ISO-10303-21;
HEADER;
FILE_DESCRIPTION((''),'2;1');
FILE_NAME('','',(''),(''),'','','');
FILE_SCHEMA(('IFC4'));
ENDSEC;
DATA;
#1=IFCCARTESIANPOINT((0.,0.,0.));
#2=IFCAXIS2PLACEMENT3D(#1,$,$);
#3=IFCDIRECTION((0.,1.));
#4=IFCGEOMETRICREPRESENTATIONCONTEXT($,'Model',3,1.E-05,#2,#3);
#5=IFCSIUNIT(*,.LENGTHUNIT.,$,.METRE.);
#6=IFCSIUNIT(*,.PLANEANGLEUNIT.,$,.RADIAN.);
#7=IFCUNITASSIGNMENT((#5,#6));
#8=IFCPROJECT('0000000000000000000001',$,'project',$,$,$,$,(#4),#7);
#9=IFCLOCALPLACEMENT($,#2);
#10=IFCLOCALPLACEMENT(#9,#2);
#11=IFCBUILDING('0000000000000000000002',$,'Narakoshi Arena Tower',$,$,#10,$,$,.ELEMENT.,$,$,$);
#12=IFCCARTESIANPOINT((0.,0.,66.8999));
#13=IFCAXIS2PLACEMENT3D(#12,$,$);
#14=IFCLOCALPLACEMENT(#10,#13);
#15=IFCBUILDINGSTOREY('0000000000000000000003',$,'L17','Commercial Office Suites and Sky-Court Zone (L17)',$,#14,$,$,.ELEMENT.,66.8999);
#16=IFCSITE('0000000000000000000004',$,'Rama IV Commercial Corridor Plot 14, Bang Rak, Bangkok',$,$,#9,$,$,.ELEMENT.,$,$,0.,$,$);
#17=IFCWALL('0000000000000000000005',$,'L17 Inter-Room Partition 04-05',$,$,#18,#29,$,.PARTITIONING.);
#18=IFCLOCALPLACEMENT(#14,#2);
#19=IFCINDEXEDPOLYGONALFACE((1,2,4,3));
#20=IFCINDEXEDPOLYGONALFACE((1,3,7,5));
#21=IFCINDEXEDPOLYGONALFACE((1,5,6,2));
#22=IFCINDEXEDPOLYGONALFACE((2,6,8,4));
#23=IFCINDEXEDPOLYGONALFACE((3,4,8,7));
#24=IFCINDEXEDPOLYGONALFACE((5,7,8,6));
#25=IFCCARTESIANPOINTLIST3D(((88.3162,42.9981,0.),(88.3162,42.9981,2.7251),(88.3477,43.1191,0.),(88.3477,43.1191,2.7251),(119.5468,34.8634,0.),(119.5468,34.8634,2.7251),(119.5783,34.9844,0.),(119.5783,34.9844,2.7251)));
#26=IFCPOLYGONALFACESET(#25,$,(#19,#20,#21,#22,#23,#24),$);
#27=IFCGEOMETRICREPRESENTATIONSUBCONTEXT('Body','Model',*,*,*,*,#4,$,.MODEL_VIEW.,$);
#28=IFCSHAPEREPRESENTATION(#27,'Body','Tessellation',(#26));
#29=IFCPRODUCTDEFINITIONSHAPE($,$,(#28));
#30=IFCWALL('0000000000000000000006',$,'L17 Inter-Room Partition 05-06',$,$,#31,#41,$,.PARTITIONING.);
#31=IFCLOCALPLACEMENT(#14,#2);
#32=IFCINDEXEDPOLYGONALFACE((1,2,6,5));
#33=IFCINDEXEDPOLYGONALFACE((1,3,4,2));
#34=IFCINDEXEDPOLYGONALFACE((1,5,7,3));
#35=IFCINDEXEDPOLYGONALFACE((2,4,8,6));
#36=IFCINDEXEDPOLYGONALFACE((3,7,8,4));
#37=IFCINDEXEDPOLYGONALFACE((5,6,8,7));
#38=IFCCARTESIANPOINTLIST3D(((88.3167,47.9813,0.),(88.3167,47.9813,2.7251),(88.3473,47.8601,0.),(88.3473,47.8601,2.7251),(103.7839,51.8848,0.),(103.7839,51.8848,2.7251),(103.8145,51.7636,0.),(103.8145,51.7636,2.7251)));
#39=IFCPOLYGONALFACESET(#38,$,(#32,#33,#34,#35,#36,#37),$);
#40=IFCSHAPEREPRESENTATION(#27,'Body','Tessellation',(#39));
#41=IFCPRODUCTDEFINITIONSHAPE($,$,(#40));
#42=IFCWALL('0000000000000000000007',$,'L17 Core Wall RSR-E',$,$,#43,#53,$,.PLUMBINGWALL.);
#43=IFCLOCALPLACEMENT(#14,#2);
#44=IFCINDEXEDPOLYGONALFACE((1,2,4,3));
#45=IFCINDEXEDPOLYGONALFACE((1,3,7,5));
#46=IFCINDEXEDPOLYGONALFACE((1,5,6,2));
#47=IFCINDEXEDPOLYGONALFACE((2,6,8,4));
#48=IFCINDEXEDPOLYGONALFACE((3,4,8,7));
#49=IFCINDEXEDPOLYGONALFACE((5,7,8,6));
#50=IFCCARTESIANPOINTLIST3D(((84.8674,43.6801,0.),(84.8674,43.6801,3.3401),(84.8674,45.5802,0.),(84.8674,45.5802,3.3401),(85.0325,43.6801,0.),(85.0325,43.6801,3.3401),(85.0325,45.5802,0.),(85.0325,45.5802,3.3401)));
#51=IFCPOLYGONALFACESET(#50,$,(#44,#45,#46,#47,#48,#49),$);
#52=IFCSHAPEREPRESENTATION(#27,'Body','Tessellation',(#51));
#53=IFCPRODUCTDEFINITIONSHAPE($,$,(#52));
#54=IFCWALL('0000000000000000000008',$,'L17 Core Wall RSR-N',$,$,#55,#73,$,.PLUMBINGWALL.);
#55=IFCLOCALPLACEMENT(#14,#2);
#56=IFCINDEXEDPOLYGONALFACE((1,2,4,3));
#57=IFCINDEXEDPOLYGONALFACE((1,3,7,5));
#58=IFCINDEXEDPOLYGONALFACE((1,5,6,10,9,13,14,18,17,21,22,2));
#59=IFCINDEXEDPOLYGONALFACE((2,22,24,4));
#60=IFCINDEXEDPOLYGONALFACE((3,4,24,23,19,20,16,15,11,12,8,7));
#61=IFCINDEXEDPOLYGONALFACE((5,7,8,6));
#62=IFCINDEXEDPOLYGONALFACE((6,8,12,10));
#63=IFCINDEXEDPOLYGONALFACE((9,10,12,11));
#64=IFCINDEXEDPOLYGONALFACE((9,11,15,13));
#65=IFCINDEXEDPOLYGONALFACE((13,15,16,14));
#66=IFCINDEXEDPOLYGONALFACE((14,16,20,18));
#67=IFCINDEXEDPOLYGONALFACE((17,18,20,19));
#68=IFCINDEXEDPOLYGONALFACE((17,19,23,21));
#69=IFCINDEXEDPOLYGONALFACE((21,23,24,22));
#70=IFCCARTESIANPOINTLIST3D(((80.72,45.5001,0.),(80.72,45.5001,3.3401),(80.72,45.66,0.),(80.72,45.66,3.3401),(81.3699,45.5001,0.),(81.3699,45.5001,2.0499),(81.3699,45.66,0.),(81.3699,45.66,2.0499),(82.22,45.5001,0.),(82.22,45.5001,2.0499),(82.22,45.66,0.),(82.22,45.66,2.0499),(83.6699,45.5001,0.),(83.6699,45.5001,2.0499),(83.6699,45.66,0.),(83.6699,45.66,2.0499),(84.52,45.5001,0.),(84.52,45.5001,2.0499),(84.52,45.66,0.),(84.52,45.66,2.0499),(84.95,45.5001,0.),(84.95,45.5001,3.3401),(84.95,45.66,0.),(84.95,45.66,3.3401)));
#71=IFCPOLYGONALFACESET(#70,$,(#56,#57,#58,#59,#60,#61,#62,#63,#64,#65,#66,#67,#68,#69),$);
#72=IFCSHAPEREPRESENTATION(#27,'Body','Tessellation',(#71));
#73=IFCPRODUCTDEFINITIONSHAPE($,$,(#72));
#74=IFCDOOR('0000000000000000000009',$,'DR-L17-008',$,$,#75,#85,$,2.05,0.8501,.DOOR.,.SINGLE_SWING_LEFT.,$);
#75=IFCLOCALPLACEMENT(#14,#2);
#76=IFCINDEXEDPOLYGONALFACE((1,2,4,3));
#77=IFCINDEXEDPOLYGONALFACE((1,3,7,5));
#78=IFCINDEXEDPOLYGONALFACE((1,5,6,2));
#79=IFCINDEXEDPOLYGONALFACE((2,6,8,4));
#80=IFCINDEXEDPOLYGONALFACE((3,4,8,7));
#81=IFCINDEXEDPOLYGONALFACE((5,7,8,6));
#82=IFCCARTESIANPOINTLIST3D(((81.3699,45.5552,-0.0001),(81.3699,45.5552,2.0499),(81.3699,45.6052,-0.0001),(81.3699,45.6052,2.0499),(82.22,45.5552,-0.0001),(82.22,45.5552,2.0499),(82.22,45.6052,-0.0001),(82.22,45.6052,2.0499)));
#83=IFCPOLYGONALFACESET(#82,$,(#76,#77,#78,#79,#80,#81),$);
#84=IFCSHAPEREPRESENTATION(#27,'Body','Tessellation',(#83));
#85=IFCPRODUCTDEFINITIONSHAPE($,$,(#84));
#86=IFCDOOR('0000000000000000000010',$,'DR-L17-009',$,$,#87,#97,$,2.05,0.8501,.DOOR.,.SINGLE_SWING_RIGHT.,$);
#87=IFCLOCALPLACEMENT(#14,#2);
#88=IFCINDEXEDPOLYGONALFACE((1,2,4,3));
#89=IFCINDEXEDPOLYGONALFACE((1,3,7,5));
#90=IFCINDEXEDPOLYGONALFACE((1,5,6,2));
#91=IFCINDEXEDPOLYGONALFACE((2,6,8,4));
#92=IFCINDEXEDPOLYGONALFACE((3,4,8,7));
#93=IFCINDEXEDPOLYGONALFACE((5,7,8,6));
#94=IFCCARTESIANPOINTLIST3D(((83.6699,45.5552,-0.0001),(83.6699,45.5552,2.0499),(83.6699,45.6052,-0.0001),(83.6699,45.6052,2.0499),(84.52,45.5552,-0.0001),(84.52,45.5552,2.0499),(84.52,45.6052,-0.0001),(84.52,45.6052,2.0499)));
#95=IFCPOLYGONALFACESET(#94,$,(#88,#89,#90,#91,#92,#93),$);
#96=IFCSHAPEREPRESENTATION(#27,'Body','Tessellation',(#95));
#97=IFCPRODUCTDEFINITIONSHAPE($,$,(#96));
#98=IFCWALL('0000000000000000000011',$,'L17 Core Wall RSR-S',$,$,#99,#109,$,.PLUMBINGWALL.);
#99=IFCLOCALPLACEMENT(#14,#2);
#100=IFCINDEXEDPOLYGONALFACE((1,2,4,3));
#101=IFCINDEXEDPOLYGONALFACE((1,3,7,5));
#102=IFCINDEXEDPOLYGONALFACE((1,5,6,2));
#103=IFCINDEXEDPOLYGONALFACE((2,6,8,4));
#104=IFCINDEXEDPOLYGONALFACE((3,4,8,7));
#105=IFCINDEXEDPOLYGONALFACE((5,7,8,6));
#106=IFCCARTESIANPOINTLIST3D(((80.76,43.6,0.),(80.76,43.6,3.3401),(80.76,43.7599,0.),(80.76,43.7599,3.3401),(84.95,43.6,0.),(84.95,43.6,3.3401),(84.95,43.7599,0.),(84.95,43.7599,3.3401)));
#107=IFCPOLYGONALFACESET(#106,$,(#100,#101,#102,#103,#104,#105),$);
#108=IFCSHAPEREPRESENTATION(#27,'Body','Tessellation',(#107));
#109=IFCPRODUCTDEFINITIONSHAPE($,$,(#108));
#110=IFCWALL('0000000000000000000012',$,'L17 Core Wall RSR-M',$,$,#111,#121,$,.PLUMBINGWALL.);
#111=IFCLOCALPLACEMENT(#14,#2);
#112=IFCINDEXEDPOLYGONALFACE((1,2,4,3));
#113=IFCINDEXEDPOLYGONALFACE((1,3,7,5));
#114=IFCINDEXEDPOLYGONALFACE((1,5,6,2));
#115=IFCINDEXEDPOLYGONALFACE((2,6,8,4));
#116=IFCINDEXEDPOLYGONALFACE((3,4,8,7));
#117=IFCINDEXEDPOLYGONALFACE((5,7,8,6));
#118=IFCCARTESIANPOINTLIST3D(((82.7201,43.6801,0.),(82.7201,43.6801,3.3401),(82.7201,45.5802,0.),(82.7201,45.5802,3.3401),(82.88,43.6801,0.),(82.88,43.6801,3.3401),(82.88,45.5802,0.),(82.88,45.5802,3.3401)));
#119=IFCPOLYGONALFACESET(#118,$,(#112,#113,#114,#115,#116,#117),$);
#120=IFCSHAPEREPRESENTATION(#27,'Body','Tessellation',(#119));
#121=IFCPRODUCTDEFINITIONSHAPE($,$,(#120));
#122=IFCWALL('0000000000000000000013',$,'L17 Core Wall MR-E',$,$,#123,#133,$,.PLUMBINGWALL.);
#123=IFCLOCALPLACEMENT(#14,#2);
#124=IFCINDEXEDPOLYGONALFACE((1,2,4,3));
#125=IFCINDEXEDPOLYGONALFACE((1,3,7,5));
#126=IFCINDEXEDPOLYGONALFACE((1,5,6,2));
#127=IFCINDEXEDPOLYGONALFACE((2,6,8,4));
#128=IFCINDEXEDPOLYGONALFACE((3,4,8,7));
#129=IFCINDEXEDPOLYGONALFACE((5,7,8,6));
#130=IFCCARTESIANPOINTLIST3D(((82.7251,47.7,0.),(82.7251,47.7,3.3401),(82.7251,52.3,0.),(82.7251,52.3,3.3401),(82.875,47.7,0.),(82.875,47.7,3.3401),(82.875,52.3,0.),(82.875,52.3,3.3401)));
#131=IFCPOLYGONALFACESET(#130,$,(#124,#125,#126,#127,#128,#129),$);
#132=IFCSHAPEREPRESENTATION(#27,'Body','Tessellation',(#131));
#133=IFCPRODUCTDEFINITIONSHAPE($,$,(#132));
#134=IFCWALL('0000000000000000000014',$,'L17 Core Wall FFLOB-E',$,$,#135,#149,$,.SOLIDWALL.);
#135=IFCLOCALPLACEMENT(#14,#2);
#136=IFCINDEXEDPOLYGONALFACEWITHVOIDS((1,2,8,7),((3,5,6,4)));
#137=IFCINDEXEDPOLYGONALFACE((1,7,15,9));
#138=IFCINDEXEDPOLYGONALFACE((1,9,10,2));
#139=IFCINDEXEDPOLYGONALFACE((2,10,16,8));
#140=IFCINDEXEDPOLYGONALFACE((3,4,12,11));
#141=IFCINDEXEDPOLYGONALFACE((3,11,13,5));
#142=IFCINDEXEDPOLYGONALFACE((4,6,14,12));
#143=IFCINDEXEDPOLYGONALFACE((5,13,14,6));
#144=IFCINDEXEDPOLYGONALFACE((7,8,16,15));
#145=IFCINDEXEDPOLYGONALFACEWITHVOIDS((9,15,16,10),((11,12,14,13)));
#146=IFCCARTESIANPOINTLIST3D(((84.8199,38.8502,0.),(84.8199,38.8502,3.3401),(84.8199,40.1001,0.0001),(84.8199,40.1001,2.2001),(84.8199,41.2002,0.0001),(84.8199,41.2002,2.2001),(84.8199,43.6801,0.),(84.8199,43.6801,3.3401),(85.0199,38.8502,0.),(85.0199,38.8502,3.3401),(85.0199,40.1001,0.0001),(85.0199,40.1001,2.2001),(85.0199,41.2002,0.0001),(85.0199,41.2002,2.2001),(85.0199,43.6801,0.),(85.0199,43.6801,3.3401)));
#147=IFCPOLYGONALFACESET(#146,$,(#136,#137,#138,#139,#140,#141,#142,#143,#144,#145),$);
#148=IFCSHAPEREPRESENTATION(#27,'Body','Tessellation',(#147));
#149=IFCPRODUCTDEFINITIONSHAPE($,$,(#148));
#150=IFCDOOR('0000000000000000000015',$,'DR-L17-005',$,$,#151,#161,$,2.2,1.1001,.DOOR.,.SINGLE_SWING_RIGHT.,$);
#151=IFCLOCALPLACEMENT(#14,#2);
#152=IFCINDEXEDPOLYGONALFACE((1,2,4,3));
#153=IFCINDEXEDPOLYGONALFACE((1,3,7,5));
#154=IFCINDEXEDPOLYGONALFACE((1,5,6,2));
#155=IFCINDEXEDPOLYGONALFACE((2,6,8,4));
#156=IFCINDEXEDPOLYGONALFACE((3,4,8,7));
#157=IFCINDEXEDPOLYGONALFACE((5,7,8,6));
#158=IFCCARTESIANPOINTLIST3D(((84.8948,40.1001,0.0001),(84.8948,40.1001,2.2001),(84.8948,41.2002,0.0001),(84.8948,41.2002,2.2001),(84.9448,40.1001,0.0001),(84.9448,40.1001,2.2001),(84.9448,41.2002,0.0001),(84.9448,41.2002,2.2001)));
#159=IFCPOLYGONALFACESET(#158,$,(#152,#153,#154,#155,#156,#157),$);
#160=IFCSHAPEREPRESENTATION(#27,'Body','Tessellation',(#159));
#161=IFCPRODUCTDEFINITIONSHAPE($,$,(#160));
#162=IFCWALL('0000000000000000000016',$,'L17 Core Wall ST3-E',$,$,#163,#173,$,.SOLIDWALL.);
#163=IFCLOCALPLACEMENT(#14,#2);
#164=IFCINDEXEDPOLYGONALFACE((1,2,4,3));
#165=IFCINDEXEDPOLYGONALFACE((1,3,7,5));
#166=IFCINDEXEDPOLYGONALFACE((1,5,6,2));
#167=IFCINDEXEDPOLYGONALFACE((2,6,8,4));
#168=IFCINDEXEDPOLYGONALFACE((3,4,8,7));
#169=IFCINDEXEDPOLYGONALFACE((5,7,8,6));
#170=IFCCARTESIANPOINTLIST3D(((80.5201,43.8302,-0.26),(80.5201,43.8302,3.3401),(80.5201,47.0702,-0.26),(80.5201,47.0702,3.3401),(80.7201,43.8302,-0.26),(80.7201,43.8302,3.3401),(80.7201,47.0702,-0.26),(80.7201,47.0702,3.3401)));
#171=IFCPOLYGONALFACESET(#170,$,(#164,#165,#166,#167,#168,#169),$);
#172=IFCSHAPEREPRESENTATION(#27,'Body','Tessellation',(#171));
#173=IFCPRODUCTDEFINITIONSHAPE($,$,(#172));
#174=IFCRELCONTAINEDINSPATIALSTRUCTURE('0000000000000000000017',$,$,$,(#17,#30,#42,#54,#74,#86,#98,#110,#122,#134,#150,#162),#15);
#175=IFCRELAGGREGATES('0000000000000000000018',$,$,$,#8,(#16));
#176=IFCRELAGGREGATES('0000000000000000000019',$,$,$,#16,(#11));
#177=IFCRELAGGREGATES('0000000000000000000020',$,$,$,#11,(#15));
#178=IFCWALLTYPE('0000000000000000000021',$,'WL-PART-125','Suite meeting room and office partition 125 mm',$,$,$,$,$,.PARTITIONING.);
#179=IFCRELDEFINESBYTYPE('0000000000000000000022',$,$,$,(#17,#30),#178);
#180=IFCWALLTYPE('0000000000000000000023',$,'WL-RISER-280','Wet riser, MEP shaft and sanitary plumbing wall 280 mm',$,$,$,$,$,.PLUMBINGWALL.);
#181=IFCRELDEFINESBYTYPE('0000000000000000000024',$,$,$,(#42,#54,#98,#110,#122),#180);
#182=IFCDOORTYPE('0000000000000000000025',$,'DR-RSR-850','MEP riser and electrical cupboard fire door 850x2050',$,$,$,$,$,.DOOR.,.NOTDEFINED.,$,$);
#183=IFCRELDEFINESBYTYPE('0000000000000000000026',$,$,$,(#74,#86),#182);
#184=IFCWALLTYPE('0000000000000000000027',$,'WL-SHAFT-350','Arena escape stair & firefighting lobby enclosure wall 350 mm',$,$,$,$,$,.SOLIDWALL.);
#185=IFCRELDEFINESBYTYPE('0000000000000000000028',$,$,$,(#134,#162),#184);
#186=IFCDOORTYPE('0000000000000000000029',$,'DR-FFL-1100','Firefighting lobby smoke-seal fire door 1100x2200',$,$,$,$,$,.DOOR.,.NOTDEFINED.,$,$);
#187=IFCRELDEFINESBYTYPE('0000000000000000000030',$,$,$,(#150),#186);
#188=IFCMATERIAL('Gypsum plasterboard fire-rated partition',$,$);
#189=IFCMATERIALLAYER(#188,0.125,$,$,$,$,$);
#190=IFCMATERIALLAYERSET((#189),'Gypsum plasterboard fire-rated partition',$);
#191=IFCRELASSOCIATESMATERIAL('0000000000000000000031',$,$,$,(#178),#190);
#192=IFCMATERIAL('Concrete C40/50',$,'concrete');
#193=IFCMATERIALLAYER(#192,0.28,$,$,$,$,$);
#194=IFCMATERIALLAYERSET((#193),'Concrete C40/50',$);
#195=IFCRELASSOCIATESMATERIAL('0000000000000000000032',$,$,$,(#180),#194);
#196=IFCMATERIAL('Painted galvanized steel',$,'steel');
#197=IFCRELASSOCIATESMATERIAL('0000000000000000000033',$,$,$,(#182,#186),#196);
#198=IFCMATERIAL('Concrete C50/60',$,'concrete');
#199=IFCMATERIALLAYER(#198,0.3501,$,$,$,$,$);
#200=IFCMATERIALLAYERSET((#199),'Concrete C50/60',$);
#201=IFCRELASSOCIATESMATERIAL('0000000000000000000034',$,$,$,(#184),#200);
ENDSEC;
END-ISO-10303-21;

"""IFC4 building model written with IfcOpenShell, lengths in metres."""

from ifc_helpers import new_model, si_unit, direction, frame, frame_2d, origin, place, context, subcontext, project, spatial, rectangle, extrude, material, layer, layer_set, type_object, element, fill, save


model = new_model("IFC4")

# Units and contexts
model_context = context("Model", 3, precision=1e-05, world=origin(), true_north=direction((0.0, 1.0)))
body_context = subcontext(model_context, "Body", "Model", "MODEL_VIEW")
ifc_project = project(units=[si_unit("LENGTHUNIT", "METRE"), si_unit("PLANEANGLEUNIT", "RADIAN")], contexts=[model_context])

# Site, building, storey
site_placement = place(None, origin())
site = spatial("IfcSite", under=ifc_project, at=site_placement, Name="Rama IV Commercial Corridor Plot 14, Bang Rak, Bangkok", CompositionType="ELEMENT", RefElevation=0.0)
building_placement = place(site_placement, origin())
building = spatial("IfcBuilding", under=site, at=building_placement, Name="Narakoshi Arena Tower", CompositionType="ELEMENT")
storey_placement = place(building_placement, frame((0.0, 0.0, 66.8999)))
storey = spatial("IfcBuildingStorey", under=building, at=storey_placement, Name="L17", Description="Commercial Office Suites and Sky-Court Zone (L17)", CompositionType="ELEMENT", Elevation=66.8999)

# Shared definitions
ifc_material_1 = material(Name="Gypsum plasterboard fire-rated partition")

# Walls
ifc_layer_1 = layer(ifc_material_1, 0.125)
ifc_layer_set_1 = layer_set([ifc_layer_1], Name="Gypsum plasterboard fire-rated partition")
wall_type_1 = type_object("IfcWallType", Name="WL-PART-125", Description="Suite meeting room and office partition 125 mm", PredefinedType="PARTITIONING", material=ifc_layer_set_1)
wall_1_placement = place(storey_placement, frame((88.332, 43.0586, 0.0), z_axis=(0.0, 0.0, 1.0), x_axis=(0.967711, -0.252063, 0.0)))
element("IfcWall", 1, at=wall_1_placement, inside=storey, type_object=wall_type_1, Name="L17 Inter-Room Partition 04-05", PredefinedType="PARTITIONING", context=body_context, shape_type="SweptSolid", body=[
    extrude(rectangle(XDim=32.2727, YDim=0.125, at=frame_2d((16.1362, 0.0))), origin(), (0.0, 0.0, 1.0), 2.7251),
])
wall_2_placement = place(storey_placement, frame((88.332, 47.9207, 0.0), z_axis=(0.0, 0.0, 1.0), x_axis=(0.969598, 0.244703, 0.0)))
element("IfcWall", 2, at=wall_2_placement, inside=storey, type_object=wall_type_1, Name="L17 Inter-Room Partition 05-06", PredefinedType="PARTITIONING", context=body_context, shape_type="SweptSolid", body=[
    extrude(rectangle(XDim=15.9521, YDim=0.125, at=frame_2d((7.9761, 0.0))), origin(), (0.0, 0.0, 1.0), 2.7251),
])
ifc_material_2 = material(Name="Concrete C40/50", Category="concrete")
ifc_layer_2 = layer(ifc_material_2, 0.28)
ifc_layer_set_2 = layer_set([ifc_layer_2], Name="Concrete C40/50")
wall_type_2 = type_object("IfcWallType", Name="WL-RISER-280", Description="Wet riser, MEP shaft and sanitary plumbing wall 280 mm", PredefinedType="PLUMBINGWALL", material=ifc_layer_set_2)
wall_3_placement = place(storey_placement, frame((84.95, 43.6799, 0.0), z_axis=(0.0, 0.0, 1.0), x_axis=(0.0, 1.0, 0.0)))
element("IfcWall", 3, at=wall_3_placement, inside=storey, type_object=wall_type_2, Name="L17 Core Wall RSR-E", PredefinedType="PLUMBINGWALL", context=body_context, shape_type="SweptSolid", body=[
    extrude(rectangle(XDim=1.9001, YDim=0.165, at=frame_2d((0.9502, 0.0))), origin(), (0.0, 0.0, 1.0), 3.3401),
])

# Wall, openings, doors
wall_4_placement = place(storey_placement, frame((80.72, 45.5801, 0.0), z_axis=(0.0, 0.0, 1.0), x_axis=(1.0, 0.0, 0.0)))
wall_4 = element("IfcWall", 4, at=wall_4_placement, inside=storey, type_object=wall_type_2, Name="L17 Core Wall RSR-N", PredefinedType="PLUMBINGWALL", context=body_context, shape_type="SweptSolid", body=[
    extrude(rectangle(XDim=4.23, YDim=0.1599, at=frame_2d((2.115, 0.0))), origin(), (0.0, 0.0, 1.0), 3.3401),
])
opening_1_placement = place(wall_4_placement, frame((0.6499, 0.0, 0.0)))
opening_1 = element("IfcOpeningElement", 5, at=opening_1_placement, cuts=wall_4, PredefinedType="OPENING", context=body_context, shape_type="SweptSolid", body=[
    extrude(rectangle(XDim=0.8501, YDim=2.05, at=frame_2d((0.425, 1.0249))), frame((0.0, 0.0898, 0.0), z_axis=(0.0, -1.0, 0.0), x_axis=(1.0, 0.0, 0.0)), (0.0, 0.0, 1.0), 0.1799),
])
opening_2_placement = place(wall_4_placement, frame((2.95, 0.0, 0.0)))
opening_2 = element("IfcOpeningElement", 6, at=opening_2_placement, cuts=wall_4, PredefinedType="OPENING", context=body_context, shape_type="SweptSolid", body=[
    extrude(rectangle(XDim=0.8501, YDim=2.05, at=frame_2d((0.425, 1.0249))), frame((0.0, 0.0898, 0.0), z_axis=(0.0, -1.0, 0.0), x_axis=(1.0, 0.0, 0.0)), (0.0, 0.0, 1.0), 0.1799),
])
ifc_material_3 = material(Name="Painted galvanized steel", Category="steel")
door_type_1 = type_object("IfcDoorType", Name="DR-RSR-850", Description="MEP riser and electrical cupboard fire door 850x2050", OperationType="NOTDEFINED", PredefinedType="DOOR", material=ifc_material_3)
door_1_placement = place(opening_1_placement, frame((0.8501, 0.0, 0.0), z_axis=(0.0, 0.0, 1.0), x_axis=(-1.0, 0.0, 0.0)))
door_1 = element("IfcDoor", 7, at=door_1_placement, inside=storey, type_object=door_type_1, Name="DR-L17-008", OperationType="SINGLE_SWING_LEFT", OverallHeight=2.05, OverallWidth=0.8501, PredefinedType="DOOR", context=body_context, shape_type="SweptSolid", body=[
    extrude(rectangle(XDim=0.8501, YDim=2.05, at=frame_2d((0.425, 1.0249))), frame((0.0, 0.0249, 0.0), z_axis=(0.0, -1.0, 0.0), x_axis=(1.0, 0.0, 0.0)), (0.0, 0.0, 1.0), 0.05),
])
fill(opening_1, door_1)
door_2_placement = place(opening_2_placement, frame((0.8501, 0.0, 0.0), z_axis=(0.0, 0.0, 1.0), x_axis=(-1.0, 0.0, 0.0)))
door_2 = element("IfcDoor", 8, at=door_2_placement, inside=storey, type_object=door_type_1, Name="DR-L17-009", OperationType="SINGLE_SWING_RIGHT", OverallHeight=2.05, OverallWidth=0.8501, PredefinedType="DOOR", context=body_context, shape_type="SweptSolid", body=[
    extrude(rectangle(XDim=0.8501, YDim=2.05, at=frame_2d((0.425, 1.0249))), frame((0.0, 0.0249, 0.0), z_axis=(0.0, -1.0, 0.0), x_axis=(1.0, 0.0, 0.0)), (0.0, 0.0, 1.0), 0.05),
])
fill(opening_2, door_2)

# Walls
wall_5_placement = place(storey_placement, frame((80.76, 43.6799, 0.0), z_axis=(0.0, 0.0, 1.0), x_axis=(1.0, 0.0, 0.0)))
element("IfcWall", 9, at=wall_5_placement, inside=storey, type_object=wall_type_2, Name="L17 Core Wall RSR-S", PredefinedType="PLUMBINGWALL", context=body_context, shape_type="SweptSolid", body=[
    extrude(rectangle(XDim=4.1899, YDim=0.1599, at=frame_2d((2.095, 0.0))), origin(), (0.0, 0.0, 1.0), 3.3401),
])
wall_6_placement = place(storey_placement, frame((82.8, 43.6799, 0.0), z_axis=(0.0, 0.0, 1.0), x_axis=(0.0, 1.0, 0.0)))
element("IfcWall", 10, at=wall_6_placement, inside=storey, type_object=wall_type_2, Name="L17 Core Wall RSR-M", PredefinedType="PLUMBINGWALL", context=body_context, shape_type="SweptSolid", body=[
    extrude(rectangle(XDim=1.9001, YDim=0.1599, at=frame_2d((0.9502, 0.0))), origin(), (0.0, 0.0, 1.0), 3.3401),
])
wall_7_placement = place(storey_placement, frame((82.8, 47.7, 0.0), z_axis=(0.0, 0.0, 1.0), x_axis=(0.0, 1.0, 0.0)))
element("IfcWall", 11, at=wall_7_placement, inside=storey, type_object=wall_type_2, Name="L17 Core Wall MR-E", PredefinedType="PLUMBINGWALL", context=body_context, shape_type="SweptSolid", body=[
    extrude(rectangle(XDim=4.6001, YDim=0.1499, at=frame_2d((2.3, 0.0))), origin(), (0.0, 0.0, 1.0), 3.3401),
])

# Wall, opening, door
ifc_material_4 = material(Name="Concrete C50/60", Category="concrete")
ifc_layer_3 = layer(ifc_material_4, 0.3501)
ifc_layer_set_3 = layer_set([ifc_layer_3], Name="Concrete C50/60")
wall_type_3 = type_object("IfcWallType", Name="WL-SHAFT-350", Description="Arena escape stair & firefighting lobby enclosure wall 350 mm", PredefinedType="SOLIDWALL", material=ifc_layer_set_3)
wall_8_placement = place(storey_placement, frame((84.9199, 38.8501, 0.0), z_axis=(0.0, 0.0, 1.0), x_axis=(0.0, 1.0, 0.0)))
wall_8 = element("IfcWall", 12, at=wall_8_placement, inside=storey, type_object=wall_type_3, Name="L17 Core Wall FFLOB-E", PredefinedType="SOLIDWALL", context=body_context, shape_type="SweptSolid", body=[
    extrude(rectangle(XDim=4.8298, YDim=0.2, at=frame_2d((2.415, 0.0))), origin(), (0.0, 0.0, 1.0), 3.3401),
])
opening_3_placement = place(wall_8_placement, frame((1.25, 0.0, 0.0)))
opening_3 = element("IfcOpeningElement", 13, at=opening_3_placement, cuts=wall_8, PredefinedType="OPENING", context=body_context, shape_type="SweptSolid", body=[
    extrude(rectangle(XDim=1.1001, YDim=2.2, at=frame_2d((0.55, 1.1001))), frame((0.0, 0.1099, 0.0), z_axis=(0.0, -1.0, 0.0), x_axis=(1.0, 0.0, 0.0)), (0.0, 0.0, 1.0), 0.22),
])
door_type_2 = type_object("IfcDoorType", Name="DR-FFL-1100", Description="Firefighting lobby smoke-seal fire door 1100x2200", OperationType="NOTDEFINED", PredefinedType="DOOR", material=ifc_material_3)
door_3_placement = place(opening_3_placement, frame((1.1001, 0.0, 0.0), z_axis=(0.0, 0.0, 1.0), x_axis=(-1.0, 0.0, 0.0)))
door_3 = element("IfcDoor", 14, at=door_3_placement, inside=storey, type_object=door_type_2, Name="DR-L17-005", OperationType="SINGLE_SWING_RIGHT", OverallHeight=2.2, OverallWidth=1.1001, PredefinedType="DOOR", context=body_context, shape_type="SweptSolid", body=[
    extrude(rectangle(XDim=1.1001, YDim=2.2, at=frame_2d((0.55, 1.1001))), frame((0.0, 0.0249, 0.0), z_axis=(0.0, -1.0, 0.0), x_axis=(1.0, 0.0, 0.0)), (0.0, 0.0, 1.0), 0.05),
])
fill(opening_3, door_3)

# Wall
wall_9_placement = place(storey_placement, frame((80.6201, 43.8301, -0.26), z_axis=(0.0, 0.0, 1.0), x_axis=(0.0, 1.0, 0.0)))
element("IfcWall", 15, at=wall_9_placement, inside=storey, type_object=wall_type_3, Name="L17 Core Wall ST3-E", PredefinedType="SOLIDWALL", context=body_context, shape_type="SweptSolid", body=[
    extrude(rectangle(XDim=3.24, YDim=0.2, at=frame_2d((1.6201, 0.0))), origin(), (0.0, 0.0, 1.0), 3.6001),
])

save(model, "model.ifc")
